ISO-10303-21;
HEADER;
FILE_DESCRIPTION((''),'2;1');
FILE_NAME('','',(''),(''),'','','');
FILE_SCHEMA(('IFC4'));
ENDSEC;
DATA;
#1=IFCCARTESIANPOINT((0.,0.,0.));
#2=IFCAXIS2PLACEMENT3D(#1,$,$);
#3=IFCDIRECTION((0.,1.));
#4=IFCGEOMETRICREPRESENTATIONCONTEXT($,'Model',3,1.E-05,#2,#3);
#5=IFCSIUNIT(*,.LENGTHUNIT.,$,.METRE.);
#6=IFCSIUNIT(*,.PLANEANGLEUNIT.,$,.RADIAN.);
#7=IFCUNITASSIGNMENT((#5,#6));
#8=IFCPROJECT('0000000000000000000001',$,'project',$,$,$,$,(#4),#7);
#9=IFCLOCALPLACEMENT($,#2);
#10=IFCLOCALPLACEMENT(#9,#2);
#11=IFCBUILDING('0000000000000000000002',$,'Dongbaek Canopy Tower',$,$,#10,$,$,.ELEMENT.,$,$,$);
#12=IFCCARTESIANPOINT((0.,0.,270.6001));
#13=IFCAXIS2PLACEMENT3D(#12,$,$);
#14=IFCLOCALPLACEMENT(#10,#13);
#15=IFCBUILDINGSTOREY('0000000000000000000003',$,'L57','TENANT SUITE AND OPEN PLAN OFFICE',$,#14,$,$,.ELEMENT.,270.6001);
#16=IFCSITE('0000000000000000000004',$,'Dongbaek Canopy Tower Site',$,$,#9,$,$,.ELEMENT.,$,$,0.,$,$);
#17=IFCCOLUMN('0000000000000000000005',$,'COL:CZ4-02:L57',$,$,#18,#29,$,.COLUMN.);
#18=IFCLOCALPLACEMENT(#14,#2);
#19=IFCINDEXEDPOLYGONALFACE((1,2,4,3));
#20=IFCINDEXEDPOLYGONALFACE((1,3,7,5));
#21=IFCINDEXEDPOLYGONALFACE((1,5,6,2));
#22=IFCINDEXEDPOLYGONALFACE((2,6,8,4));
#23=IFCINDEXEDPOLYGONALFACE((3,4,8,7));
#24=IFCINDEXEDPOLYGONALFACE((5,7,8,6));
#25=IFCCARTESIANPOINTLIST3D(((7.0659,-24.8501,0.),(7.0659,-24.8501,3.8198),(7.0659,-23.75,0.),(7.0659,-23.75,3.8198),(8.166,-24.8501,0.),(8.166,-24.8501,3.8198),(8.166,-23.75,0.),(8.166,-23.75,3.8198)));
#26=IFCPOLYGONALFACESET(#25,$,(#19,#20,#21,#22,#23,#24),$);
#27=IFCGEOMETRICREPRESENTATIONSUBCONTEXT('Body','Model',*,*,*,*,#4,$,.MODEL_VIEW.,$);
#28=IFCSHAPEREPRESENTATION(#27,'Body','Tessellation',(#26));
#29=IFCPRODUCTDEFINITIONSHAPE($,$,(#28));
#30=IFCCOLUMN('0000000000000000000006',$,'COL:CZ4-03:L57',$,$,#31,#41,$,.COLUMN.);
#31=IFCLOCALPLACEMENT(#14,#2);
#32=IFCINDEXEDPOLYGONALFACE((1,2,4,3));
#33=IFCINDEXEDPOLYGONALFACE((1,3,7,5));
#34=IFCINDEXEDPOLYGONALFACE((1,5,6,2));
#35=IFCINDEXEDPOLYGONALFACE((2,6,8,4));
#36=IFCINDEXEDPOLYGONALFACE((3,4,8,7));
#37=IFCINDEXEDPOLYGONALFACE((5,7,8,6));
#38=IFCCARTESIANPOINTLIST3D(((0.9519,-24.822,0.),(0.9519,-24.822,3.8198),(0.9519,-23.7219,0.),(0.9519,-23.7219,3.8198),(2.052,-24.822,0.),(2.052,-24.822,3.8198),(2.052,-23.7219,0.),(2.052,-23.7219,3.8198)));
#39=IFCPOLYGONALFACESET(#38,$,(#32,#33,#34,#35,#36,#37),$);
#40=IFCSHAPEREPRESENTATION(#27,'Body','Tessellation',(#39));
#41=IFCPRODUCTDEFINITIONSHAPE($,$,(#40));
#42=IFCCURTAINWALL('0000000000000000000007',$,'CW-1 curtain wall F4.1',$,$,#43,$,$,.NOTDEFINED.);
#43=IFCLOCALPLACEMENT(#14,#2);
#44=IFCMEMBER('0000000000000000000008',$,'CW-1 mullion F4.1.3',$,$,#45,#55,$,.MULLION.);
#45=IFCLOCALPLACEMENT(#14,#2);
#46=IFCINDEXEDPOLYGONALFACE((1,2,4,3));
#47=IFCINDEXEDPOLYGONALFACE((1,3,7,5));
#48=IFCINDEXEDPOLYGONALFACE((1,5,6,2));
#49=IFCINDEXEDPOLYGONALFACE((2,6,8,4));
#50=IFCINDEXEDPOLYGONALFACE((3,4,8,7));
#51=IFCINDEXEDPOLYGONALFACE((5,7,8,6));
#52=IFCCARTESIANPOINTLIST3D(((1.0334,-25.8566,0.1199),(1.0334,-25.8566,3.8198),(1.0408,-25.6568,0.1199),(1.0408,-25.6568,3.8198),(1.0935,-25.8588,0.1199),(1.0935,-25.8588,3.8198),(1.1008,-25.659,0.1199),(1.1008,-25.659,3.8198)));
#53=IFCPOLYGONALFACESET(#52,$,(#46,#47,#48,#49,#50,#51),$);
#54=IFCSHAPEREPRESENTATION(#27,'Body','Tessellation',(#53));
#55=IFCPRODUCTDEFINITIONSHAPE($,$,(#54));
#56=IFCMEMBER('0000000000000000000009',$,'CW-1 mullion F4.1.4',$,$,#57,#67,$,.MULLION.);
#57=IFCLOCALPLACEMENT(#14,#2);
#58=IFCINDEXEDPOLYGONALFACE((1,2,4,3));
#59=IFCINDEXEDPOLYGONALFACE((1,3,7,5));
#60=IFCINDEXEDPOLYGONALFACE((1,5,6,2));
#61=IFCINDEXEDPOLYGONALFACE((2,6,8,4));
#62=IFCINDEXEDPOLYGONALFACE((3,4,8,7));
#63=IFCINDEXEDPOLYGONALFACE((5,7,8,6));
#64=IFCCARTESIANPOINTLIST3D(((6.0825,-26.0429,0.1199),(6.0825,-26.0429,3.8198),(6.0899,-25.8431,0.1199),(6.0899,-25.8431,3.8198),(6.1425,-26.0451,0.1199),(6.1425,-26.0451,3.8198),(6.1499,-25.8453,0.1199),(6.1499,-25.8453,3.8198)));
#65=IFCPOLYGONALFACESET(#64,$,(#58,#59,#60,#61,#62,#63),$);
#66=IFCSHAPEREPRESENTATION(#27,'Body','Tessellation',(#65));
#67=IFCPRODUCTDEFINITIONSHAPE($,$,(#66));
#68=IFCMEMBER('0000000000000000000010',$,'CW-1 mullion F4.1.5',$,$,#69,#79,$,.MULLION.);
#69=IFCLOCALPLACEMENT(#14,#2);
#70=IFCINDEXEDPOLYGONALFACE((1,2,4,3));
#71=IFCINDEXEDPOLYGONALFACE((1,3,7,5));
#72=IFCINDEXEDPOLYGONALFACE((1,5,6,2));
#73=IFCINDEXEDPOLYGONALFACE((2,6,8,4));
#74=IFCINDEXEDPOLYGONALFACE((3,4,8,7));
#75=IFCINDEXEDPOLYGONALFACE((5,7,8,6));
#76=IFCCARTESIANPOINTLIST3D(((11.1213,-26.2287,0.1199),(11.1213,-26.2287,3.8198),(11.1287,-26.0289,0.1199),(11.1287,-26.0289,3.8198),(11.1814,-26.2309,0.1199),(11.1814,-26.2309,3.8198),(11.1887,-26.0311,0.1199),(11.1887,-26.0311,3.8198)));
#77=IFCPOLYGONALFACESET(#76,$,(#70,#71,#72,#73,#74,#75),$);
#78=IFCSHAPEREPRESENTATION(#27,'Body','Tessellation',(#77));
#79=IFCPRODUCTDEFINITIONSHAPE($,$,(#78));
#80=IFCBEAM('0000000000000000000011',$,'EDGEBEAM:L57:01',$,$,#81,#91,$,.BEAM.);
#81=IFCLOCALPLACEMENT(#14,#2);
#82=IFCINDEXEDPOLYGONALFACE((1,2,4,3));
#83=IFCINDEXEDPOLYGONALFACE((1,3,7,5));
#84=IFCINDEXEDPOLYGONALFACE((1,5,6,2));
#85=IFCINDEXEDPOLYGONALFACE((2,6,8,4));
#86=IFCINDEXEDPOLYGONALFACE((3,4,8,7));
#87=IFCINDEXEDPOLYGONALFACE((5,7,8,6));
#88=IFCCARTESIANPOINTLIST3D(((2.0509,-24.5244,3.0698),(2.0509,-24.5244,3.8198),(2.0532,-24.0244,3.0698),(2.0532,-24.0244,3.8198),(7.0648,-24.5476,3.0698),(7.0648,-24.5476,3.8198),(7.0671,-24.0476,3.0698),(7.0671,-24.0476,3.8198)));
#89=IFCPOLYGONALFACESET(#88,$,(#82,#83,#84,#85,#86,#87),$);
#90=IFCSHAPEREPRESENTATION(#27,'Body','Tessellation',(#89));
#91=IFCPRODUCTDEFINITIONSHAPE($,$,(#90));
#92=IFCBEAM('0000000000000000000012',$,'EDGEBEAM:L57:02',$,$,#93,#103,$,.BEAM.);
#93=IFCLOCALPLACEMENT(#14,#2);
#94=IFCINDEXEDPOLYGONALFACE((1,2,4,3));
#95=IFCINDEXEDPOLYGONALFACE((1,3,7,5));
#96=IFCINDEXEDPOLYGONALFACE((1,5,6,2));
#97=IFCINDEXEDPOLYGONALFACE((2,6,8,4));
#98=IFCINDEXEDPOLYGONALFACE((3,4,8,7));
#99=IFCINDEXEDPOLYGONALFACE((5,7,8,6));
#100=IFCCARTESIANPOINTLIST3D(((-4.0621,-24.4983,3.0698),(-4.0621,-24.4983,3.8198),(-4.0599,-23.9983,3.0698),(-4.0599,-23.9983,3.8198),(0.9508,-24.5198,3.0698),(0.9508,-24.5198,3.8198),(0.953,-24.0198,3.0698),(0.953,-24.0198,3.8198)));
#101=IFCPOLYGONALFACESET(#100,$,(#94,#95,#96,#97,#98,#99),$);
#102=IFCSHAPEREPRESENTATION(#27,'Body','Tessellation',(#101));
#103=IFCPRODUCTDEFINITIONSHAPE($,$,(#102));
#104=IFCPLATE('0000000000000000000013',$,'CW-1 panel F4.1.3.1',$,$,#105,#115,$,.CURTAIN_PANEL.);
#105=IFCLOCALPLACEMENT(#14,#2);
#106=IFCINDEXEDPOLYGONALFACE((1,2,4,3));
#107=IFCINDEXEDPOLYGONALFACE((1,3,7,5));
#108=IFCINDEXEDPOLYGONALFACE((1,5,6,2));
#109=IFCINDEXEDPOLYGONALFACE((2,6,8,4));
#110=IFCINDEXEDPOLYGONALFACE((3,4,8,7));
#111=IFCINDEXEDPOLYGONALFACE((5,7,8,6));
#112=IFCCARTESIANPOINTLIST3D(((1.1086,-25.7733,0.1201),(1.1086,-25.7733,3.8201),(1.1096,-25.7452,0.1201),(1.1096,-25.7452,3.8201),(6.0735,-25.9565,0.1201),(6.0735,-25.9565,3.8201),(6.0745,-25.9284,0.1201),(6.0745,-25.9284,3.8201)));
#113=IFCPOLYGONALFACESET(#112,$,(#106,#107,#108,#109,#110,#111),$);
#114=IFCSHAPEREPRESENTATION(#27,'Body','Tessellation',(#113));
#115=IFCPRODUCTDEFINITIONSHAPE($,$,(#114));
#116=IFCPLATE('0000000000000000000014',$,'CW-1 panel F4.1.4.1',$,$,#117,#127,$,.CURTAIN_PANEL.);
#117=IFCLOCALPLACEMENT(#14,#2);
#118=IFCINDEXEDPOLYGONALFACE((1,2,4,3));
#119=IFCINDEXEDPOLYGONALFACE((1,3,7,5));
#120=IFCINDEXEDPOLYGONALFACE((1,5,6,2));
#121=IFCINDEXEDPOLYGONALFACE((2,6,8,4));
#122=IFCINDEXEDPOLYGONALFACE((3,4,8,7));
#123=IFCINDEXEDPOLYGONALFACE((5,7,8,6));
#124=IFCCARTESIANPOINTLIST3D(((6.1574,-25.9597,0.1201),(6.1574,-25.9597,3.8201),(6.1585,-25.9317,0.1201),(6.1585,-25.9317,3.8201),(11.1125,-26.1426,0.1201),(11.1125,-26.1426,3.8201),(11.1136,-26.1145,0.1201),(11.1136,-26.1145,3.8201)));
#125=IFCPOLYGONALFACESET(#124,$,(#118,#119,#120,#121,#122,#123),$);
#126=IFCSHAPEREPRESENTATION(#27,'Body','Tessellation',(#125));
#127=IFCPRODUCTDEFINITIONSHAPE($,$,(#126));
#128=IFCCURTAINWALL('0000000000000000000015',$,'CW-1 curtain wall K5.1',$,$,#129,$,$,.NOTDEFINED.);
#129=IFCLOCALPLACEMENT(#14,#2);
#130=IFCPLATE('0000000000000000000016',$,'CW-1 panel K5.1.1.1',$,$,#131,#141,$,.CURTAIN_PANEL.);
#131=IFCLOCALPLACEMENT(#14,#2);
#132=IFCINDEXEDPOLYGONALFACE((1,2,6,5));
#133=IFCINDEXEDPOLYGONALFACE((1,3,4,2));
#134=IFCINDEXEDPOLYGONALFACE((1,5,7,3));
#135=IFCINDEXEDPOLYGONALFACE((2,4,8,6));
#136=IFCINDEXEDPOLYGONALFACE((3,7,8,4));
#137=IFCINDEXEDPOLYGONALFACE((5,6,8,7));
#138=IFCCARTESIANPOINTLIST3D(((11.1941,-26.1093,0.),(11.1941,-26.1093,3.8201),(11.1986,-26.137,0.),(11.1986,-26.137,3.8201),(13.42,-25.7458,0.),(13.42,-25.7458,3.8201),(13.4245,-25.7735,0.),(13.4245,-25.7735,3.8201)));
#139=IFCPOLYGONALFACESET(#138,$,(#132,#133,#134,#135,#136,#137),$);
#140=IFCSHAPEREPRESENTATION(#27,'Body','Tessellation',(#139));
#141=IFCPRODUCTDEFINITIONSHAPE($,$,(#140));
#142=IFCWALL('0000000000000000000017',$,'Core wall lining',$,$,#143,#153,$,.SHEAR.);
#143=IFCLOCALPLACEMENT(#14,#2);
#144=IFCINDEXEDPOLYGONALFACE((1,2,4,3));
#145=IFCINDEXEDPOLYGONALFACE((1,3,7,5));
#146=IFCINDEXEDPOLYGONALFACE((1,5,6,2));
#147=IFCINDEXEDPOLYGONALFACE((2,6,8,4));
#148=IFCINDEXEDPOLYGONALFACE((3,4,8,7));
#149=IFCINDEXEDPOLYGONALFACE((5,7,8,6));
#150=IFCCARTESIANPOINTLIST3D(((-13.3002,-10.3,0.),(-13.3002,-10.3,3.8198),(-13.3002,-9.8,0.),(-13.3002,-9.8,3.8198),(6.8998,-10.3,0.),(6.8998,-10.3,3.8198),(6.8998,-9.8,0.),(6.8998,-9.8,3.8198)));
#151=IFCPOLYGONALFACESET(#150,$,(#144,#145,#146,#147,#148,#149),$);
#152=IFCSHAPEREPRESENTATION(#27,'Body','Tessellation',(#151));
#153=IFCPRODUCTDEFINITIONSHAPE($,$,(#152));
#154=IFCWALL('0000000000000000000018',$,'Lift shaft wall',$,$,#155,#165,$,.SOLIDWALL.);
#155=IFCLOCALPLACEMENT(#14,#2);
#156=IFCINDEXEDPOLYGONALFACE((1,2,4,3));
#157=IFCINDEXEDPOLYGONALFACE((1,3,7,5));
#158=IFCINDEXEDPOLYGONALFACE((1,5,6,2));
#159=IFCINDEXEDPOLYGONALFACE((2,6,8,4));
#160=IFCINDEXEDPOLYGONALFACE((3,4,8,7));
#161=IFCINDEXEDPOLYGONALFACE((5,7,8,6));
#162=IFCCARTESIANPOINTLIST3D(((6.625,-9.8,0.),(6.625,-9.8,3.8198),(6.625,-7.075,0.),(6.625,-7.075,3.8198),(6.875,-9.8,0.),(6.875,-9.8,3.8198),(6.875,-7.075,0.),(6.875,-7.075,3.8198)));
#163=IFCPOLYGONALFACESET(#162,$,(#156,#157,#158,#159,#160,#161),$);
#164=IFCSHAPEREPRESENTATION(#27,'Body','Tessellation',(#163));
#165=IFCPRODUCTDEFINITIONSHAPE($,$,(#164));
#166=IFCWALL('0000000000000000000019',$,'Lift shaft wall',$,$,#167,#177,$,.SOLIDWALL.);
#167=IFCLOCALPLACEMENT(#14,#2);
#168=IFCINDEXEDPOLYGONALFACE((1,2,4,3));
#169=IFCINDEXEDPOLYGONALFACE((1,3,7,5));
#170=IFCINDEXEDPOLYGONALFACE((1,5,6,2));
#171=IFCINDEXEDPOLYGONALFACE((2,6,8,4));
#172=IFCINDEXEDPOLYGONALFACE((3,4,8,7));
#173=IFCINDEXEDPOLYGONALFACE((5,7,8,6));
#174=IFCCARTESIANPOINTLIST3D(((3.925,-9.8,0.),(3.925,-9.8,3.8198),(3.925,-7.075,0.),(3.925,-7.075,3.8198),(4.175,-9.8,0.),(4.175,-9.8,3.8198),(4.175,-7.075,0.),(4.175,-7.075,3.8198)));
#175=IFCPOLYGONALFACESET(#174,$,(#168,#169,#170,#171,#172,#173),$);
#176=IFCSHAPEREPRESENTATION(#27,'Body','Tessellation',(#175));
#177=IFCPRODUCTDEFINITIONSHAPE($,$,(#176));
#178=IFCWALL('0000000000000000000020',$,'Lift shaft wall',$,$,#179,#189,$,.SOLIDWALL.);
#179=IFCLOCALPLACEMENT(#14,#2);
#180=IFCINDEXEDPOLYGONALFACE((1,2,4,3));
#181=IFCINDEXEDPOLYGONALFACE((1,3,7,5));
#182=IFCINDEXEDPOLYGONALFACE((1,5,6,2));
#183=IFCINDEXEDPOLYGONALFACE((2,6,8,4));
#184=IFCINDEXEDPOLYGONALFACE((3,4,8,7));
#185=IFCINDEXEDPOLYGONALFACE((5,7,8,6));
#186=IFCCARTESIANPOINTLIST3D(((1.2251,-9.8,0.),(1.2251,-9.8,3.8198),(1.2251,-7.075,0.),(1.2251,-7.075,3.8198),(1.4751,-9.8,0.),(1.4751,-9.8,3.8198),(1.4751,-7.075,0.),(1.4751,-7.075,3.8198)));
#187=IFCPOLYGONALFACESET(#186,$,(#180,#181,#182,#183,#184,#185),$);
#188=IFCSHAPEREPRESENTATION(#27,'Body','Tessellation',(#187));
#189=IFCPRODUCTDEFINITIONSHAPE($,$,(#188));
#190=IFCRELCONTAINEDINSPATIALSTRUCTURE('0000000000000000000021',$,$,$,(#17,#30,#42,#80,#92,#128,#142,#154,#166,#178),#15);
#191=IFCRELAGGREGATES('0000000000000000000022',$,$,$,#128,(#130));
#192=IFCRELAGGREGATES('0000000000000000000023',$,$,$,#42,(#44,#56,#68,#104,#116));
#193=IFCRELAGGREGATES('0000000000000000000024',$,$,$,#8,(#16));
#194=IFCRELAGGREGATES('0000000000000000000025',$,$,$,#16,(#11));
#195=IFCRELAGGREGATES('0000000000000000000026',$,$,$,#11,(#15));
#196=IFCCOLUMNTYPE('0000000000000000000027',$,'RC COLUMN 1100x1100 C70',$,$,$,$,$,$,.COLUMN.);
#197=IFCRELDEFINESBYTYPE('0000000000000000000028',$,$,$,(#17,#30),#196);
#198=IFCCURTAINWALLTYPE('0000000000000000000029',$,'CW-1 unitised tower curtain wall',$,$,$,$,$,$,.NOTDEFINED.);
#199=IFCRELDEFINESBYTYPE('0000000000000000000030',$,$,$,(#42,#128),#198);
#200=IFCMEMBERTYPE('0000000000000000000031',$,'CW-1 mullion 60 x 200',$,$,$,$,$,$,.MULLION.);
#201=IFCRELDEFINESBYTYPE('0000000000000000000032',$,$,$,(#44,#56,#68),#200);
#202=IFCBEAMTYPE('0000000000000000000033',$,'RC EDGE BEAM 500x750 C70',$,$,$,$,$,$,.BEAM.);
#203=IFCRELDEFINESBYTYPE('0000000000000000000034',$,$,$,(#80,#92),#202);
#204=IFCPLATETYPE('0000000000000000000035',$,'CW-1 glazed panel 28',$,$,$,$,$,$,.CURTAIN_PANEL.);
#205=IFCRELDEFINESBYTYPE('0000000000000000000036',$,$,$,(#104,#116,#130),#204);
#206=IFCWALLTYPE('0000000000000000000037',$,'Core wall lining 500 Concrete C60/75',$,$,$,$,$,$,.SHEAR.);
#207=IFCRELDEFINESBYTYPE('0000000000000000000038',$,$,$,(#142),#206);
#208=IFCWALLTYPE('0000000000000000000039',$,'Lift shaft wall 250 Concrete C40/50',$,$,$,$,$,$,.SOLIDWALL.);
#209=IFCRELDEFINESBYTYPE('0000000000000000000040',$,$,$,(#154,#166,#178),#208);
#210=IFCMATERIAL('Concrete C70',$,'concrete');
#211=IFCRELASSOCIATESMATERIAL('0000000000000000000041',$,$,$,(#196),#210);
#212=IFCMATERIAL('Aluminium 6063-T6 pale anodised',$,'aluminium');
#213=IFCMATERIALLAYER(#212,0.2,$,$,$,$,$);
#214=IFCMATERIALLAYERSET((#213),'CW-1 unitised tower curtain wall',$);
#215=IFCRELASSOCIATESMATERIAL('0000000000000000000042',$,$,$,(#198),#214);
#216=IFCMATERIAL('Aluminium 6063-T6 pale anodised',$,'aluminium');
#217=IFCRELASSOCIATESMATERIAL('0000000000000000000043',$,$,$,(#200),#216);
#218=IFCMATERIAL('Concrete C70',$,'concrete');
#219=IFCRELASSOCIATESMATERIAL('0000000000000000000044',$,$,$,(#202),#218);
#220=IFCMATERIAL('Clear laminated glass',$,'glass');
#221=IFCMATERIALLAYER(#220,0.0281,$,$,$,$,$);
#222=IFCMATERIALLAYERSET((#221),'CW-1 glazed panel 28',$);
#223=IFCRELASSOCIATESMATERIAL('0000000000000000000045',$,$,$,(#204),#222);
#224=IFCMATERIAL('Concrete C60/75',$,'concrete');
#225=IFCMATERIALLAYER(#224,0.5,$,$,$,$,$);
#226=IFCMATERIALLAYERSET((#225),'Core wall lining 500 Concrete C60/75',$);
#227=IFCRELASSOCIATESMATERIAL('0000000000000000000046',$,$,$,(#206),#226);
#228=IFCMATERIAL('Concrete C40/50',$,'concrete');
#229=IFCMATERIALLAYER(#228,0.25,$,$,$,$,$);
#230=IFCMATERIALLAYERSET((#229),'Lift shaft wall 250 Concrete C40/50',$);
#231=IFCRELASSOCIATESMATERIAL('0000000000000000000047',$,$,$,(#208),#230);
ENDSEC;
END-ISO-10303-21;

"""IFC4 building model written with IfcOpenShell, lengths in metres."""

from ifc_helpers import new_model, si_unit, direction, frame, frame_2d, origin, origin_2d, place, context, subcontext, project, spatial, rectangle, extrude, material, layer, layer_set, material_profile, profile_set, type_object, element, aggregate, save


model = new_model("IFC4")

# Units and contexts
model_context = context("Model", 3, precision=1e-05, world=origin(), true_north=direction((0.0, 1.0)))
body_context = subcontext(model_context, "Body", "Model", "MODEL_VIEW")
ifc_project = project(units=[si_unit("LENGTHUNIT", "METRE"), si_unit("PLANEANGLEUNIT", "RADIAN")], contexts=[model_context])

# Site, building, storey
site_placement = place(None, origin())
site = spatial("IfcSite", under=ifc_project, at=site_placement, Name="Dongbaek Canopy Tower Site", CompositionType="ELEMENT", RefElevation=0.0)
building_placement = place(site_placement, origin())
building = spatial("IfcBuilding", under=site, at=building_placement, Name="Dongbaek Canopy Tower", CompositionType="ELEMENT")
storey_placement = place(building_placement, frame((0.0, 0.0, 270.6001)))
storey = spatial("IfcBuildingStorey", under=building, at=storey_placement, Name="L57", Description="TENANT SUITE AND OPEN PLAN OFFICE", CompositionType="ELEMENT", Elevation=270.6001)

# Columns
ifc_material_1 = material(Name="Concrete C70", Category="concrete")
ifc_material_profile_1 = material_profile(ifc_material_1, rectangle(XDim=1.1001, YDim=1.1001, at=origin_2d()), Name="RC COLUMN 1100x1100 C70")
ifc_profile_set_1 = profile_set([ifc_material_profile_1], Name="Concrete C70")
column_type = type_object("IfcColumnType", Name="RC COLUMN 1100x1100 C70", PredefinedType="COLUMN", material=ifc_profile_set_1)
for number, where, z_axis, x_axis, name in (
    (1, (7.616, -24.3, 0.0), (0.0, 0.0, 1.0), (1.0, 0.0, 0.0), "COL:CZ4-02:L57"),
    (2, (1.502, -24.272, 0.0), (0.0, 0.0, 1.0), (1.0, 0.0, 0.0), "COL:CZ4-03:L57"),
):
    element("IfcColumn", number, at=place(storey_placement, frame(where, z_axis=z_axis, x_axis=x_axis)), inside=storey, type_object=column_type, Name=name, PredefinedType="COLUMN", context=body_context, shape_type="SweptSolid", body=[
        extrude(rectangle(XDim=1.1001, YDim=1.1001, at=origin_2d()), origin(), (0.0, 0.0, 1.0), 3.8198),
    ])

# Curtain wall, members
ifc_material_2 = material(Name="Aluminium 6063-T6 pale anodised", Category="aluminium")
ifc_layer_1 = layer(ifc_material_2, 0.2)
ifc_layer_set_1 = layer_set([ifc_layer_1], Name="CW-1 unitised tower curtain wall")
curtain_wall_type = type_object("IfcCurtainWallType", Name="CW-1 unitised tower curtain wall", PredefinedType="NOTDEFINED", material=ifc_layer_set_1)
curtain_wall_1_placement = place(storey_placement, origin())
curtain_wall_1 = element("IfcCurtainWall", 3, at=curtain_wall_1_placement, inside=storey, type_object=curtain_wall_type, Name="CW-1 curtain wall F4.1", PredefinedType="NOTDEFINED")
ifc_material_3 = material(Name="Aluminium 6063-T6 pale anodised", Category="aluminium")
ifc_material_profile_2 = material_profile(ifc_material_3, rectangle(XDim=0.2, YDim=0.0601, at=origin_2d()), Name="CW-1 mullion 60 x 200")
ifc_profile_set_2 = profile_set([ifc_material_profile_2], Name="Aluminium 6063-T6 pale anodised")
member_type = type_object("IfcMemberType", Name="CW-1 mullion 60 x 200", PredefinedType="MULLION", material=ifc_profile_set_2)
member_1_placement = place(storey_placement, frame((1.0671, -25.7578, 0.1199), z_axis=(0.0, 0.0, 1.0), x_axis=(-0.036874, -0.99932, 0.0)))
member_1 = element("IfcMember", 4, at=member_1_placement, type_object=member_type, Name="CW-1 mullion F4.1.3", PredefinedType="MULLION", context=body_context, shape_type="SweptSolid", body=[
    extrude(rectangle(XDim=0.2, YDim=0.0601, at=origin_2d()), origin(), (0.0, 0.0, 1.0), 3.7),
])
member_2_placement = place(storey_placement, frame((6.1162, -25.9441, 0.1199), z_axis=(0.0, 0.0, 1.0), x_axis=(-0.036874, -0.99932, 0.0)))
member_2 = element("IfcMember", 5, at=member_2_placement, type_object=member_type, Name="CW-1 mullion F4.1.4", PredefinedType="MULLION", context=body_context, shape_type="SweptSolid", body=[
    extrude(rectangle(XDim=0.2, YDim=0.0601, at=origin_2d()), origin(), (0.0, 0.0, 1.0), 3.7),
])
member_3_placement = place(storey_placement, frame((11.155, -26.1299, 0.1199), z_axis=(0.0, 0.0, 1.0), x_axis=(-0.036874, -0.99932, 0.0)))
member_3 = element("IfcMember", 6, at=member_3_placement, type_object=member_type, Name="CW-1 mullion F4.1.5", PredefinedType="MULLION", context=body_context, shape_type="SweptSolid", body=[
    extrude(rectangle(XDim=0.2, YDim=0.0601, at=origin_2d()), origin(), (0.0, 0.0, 1.0), 3.7),
])

# Beams
ifc_material_4 = material(Name="Concrete C70", Category="concrete")
ifc_material_profile_3 = material_profile(ifc_material_4, rectangle(XDim=0.5, YDim=0.75, at=origin_2d()), Name="RC EDGE BEAM 500x750 C70")
ifc_profile_set_3 = profile_set([ifc_material_profile_3], Name="Concrete C70")
beam_type = type_object("IfcBeamType", Name="RC EDGE BEAM 500x750 C70", PredefinedType="BEAM", material=ifc_profile_set_3)
beam_1_placement = place(storey_placement, frame((7.0659, -24.2976, 3.4448), z_axis=(-0.999989, 0.004626, 0.0), x_axis=(-0.004626, -0.999989, 0.0)))
element("IfcBeam", 7, at=beam_1_placement, inside=storey, type_object=beam_type, Name="EDGEBEAM:L57:01", PredefinedType="BEAM", context=body_context, shape_type="SweptSolid", body=[
    extrude(rectangle(XDim=0.5, YDim=0.75, at=origin_2d()), origin(), (0.0, 0.0, 1.0), 5.0139),
])
beam_2_placement = place(storey_placement, frame((0.9519, -24.2698, 3.4448), z_axis=(-0.999991, 0.004286, 0.0), x_axis=(-0.004286, -0.999991, 0.0)))
element("IfcBeam", 8, at=beam_2_placement, inside=storey, type_object=beam_type, Name="EDGEBEAM:L57:02", PredefinedType="BEAM", context=body_context, shape_type="SweptSolid", body=[
    extrude(rectangle(XDim=0.5, YDim=0.75, at=origin_2d()), origin(), (0.0, 0.0, 1.0), 5.0129),
])

# Plates
ifc_material_5 = material(Name="Clear laminated glass", Category="glass")
ifc_layer_2 = layer(ifc_material_5, 0.0281)
ifc_layer_set_2 = layer_set([ifc_layer_2], Name="CW-1 glazed panel 28")
plate_type = type_object("IfcPlateType", Name="CW-1 glazed panel 28", PredefinedType="CURTAIN_PANEL", material=ifc_layer_set_2)
plate_1_placement = place(storey_placement, frame((3.5916, -25.8508, 0.1201), z_axis=(0.0, 0.0, 1.0), x_axis=(0.99932, -0.036874, 0.0)))
plate_1 = element("IfcPlate", 9, at=plate_1_placement, type_object=plate_type, Name="CW-1 panel F4.1.3.1", PredefinedType="CURTAIN_PANEL", context=body_context, shape_type="SweptSolid", body=[
    extrude(rectangle(XDim=4.9683, YDim=0.0281, at=origin_2d()), origin(), (0.0, 0.0, 1.0), 3.7),
])
plate_2_placement = place(storey_placement, frame((8.6355, -26.0371, 0.1201), z_axis=(0.0, 0.0, 1.0), x_axis=(0.99932, -0.036874, 0.0)))
plate_2 = element("IfcPlate", 10, at=plate_2_placement, type_object=plate_type, Name="CW-1 panel F4.1.4.1", PredefinedType="CURTAIN_PANEL", context=body_context, shape_type="SweptSolid", body=[
    extrude(rectangle(XDim=4.9585, YDim=0.0281, at=origin_2d()), origin(), (0.0, 0.0, 1.0), 3.7),
])

# Curtain wall, plate
curtain_wall_2_placement = place(storey_placement, origin())
curtain_wall_2 = element("IfcCurtainWall", 11, at=curtain_wall_2_placement, inside=storey, type_object=curtain_wall_type, Name="CW-1 curtain wall K5.1", PredefinedType="NOTDEFINED")
plate_3_placement = place(storey_placement, frame((12.3093, -25.9414, 0.0), z_axis=(0.0, 0.0, 1.0), x_axis=(0.986926, 0.161174, 0.0)))
plate_3 = element("IfcPlate", 12, at=plate_3_placement, type_object=plate_type, Name="CW-1 panel K5.1.1.1", PredefinedType="CURTAIN_PANEL", context=body_context, shape_type="SweptSolid", body=[
    extrude(rectangle(XDim=2.2554, YDim=0.0281, at=origin_2d()), origin(), (0.0, 0.0, 1.0), 3.8201),
])
aggregate(curtain_wall_2, [plate_3])

# Walls
ifc_material_6 = material(Name="Concrete C60/75", Category="concrete")
ifc_layer_3 = layer(ifc_material_6, 0.5)
ifc_layer_set_3 = layer_set([ifc_layer_3], Name="Core wall lining 500 Concrete C60/75")
wall_type_1 = type_object("IfcWallType", Name="Core wall lining 500 Concrete C60/75", PredefinedType="SHEAR", material=ifc_layer_set_3)
wall_1_placement = place(storey_placement, frame((6.8999, -10.05, 0.0), z_axis=(0.0, 0.0, 1.0), x_axis=(-1.0, 0.0, 0.0)))
element("IfcWall", 13, at=wall_1_placement, inside=storey, type_object=wall_type_1, Name="Core wall lining", PredefinedType="SHEAR", context=body_context, shape_type="SweptSolid", body=[
    extrude(rectangle(XDim=20.2, YDim=0.5, at=frame_2d((10.1001, 0.0))), origin(), (0.0, 0.0, 1.0), 3.8198),
])
ifc_material_7 = material(Name="Concrete C40/50", Category="concrete")
ifc_layer_4 = layer(ifc_material_7, 0.25)
ifc_layer_set_4 = layer_set([ifc_layer_4], Name="Lift shaft wall 250 Concrete C40/50")
wall_type_2 = type_object("IfcWallType", Name="Lift shaft wall 250 Concrete C40/50", PredefinedType="SOLIDWALL", material=ifc_layer_set_4)
for number, where, z_axis, x_axis, name in (
    (14, (6.75, -9.8, 0.0), (0.0, 0.0, 1.0), (0.0, 1.0, 0.0), "Lift shaft wall"),
    (15, (4.05, -9.8, 0.0), (0.0, 0.0, 1.0), (0.0, 1.0, 0.0), "Lift shaft wall"),
    (16, (1.3501, -9.8, 0.0), (0.0, 0.0, 1.0), (0.0, 1.0, 0.0), "Lift shaft wall"),
):
    element("IfcWall", number, at=place(storey_placement, frame(where, z_axis=z_axis, x_axis=x_axis)), inside=storey, type_object=wall_type_2, Name=name, PredefinedType="SOLIDWALL", context=body_context, shape_type="SweptSolid", body=[
        extrude(rectangle(XDim=2.7251, YDim=0.25, at=frame_2d((1.3625, 0.0))), origin(), (0.0, 0.0, 1.0), 3.8198),
    ])

aggregate(curtain_wall_1, [member_1, member_2, member_3, plate_1, plate_2])

save(model, "model.ifc")
